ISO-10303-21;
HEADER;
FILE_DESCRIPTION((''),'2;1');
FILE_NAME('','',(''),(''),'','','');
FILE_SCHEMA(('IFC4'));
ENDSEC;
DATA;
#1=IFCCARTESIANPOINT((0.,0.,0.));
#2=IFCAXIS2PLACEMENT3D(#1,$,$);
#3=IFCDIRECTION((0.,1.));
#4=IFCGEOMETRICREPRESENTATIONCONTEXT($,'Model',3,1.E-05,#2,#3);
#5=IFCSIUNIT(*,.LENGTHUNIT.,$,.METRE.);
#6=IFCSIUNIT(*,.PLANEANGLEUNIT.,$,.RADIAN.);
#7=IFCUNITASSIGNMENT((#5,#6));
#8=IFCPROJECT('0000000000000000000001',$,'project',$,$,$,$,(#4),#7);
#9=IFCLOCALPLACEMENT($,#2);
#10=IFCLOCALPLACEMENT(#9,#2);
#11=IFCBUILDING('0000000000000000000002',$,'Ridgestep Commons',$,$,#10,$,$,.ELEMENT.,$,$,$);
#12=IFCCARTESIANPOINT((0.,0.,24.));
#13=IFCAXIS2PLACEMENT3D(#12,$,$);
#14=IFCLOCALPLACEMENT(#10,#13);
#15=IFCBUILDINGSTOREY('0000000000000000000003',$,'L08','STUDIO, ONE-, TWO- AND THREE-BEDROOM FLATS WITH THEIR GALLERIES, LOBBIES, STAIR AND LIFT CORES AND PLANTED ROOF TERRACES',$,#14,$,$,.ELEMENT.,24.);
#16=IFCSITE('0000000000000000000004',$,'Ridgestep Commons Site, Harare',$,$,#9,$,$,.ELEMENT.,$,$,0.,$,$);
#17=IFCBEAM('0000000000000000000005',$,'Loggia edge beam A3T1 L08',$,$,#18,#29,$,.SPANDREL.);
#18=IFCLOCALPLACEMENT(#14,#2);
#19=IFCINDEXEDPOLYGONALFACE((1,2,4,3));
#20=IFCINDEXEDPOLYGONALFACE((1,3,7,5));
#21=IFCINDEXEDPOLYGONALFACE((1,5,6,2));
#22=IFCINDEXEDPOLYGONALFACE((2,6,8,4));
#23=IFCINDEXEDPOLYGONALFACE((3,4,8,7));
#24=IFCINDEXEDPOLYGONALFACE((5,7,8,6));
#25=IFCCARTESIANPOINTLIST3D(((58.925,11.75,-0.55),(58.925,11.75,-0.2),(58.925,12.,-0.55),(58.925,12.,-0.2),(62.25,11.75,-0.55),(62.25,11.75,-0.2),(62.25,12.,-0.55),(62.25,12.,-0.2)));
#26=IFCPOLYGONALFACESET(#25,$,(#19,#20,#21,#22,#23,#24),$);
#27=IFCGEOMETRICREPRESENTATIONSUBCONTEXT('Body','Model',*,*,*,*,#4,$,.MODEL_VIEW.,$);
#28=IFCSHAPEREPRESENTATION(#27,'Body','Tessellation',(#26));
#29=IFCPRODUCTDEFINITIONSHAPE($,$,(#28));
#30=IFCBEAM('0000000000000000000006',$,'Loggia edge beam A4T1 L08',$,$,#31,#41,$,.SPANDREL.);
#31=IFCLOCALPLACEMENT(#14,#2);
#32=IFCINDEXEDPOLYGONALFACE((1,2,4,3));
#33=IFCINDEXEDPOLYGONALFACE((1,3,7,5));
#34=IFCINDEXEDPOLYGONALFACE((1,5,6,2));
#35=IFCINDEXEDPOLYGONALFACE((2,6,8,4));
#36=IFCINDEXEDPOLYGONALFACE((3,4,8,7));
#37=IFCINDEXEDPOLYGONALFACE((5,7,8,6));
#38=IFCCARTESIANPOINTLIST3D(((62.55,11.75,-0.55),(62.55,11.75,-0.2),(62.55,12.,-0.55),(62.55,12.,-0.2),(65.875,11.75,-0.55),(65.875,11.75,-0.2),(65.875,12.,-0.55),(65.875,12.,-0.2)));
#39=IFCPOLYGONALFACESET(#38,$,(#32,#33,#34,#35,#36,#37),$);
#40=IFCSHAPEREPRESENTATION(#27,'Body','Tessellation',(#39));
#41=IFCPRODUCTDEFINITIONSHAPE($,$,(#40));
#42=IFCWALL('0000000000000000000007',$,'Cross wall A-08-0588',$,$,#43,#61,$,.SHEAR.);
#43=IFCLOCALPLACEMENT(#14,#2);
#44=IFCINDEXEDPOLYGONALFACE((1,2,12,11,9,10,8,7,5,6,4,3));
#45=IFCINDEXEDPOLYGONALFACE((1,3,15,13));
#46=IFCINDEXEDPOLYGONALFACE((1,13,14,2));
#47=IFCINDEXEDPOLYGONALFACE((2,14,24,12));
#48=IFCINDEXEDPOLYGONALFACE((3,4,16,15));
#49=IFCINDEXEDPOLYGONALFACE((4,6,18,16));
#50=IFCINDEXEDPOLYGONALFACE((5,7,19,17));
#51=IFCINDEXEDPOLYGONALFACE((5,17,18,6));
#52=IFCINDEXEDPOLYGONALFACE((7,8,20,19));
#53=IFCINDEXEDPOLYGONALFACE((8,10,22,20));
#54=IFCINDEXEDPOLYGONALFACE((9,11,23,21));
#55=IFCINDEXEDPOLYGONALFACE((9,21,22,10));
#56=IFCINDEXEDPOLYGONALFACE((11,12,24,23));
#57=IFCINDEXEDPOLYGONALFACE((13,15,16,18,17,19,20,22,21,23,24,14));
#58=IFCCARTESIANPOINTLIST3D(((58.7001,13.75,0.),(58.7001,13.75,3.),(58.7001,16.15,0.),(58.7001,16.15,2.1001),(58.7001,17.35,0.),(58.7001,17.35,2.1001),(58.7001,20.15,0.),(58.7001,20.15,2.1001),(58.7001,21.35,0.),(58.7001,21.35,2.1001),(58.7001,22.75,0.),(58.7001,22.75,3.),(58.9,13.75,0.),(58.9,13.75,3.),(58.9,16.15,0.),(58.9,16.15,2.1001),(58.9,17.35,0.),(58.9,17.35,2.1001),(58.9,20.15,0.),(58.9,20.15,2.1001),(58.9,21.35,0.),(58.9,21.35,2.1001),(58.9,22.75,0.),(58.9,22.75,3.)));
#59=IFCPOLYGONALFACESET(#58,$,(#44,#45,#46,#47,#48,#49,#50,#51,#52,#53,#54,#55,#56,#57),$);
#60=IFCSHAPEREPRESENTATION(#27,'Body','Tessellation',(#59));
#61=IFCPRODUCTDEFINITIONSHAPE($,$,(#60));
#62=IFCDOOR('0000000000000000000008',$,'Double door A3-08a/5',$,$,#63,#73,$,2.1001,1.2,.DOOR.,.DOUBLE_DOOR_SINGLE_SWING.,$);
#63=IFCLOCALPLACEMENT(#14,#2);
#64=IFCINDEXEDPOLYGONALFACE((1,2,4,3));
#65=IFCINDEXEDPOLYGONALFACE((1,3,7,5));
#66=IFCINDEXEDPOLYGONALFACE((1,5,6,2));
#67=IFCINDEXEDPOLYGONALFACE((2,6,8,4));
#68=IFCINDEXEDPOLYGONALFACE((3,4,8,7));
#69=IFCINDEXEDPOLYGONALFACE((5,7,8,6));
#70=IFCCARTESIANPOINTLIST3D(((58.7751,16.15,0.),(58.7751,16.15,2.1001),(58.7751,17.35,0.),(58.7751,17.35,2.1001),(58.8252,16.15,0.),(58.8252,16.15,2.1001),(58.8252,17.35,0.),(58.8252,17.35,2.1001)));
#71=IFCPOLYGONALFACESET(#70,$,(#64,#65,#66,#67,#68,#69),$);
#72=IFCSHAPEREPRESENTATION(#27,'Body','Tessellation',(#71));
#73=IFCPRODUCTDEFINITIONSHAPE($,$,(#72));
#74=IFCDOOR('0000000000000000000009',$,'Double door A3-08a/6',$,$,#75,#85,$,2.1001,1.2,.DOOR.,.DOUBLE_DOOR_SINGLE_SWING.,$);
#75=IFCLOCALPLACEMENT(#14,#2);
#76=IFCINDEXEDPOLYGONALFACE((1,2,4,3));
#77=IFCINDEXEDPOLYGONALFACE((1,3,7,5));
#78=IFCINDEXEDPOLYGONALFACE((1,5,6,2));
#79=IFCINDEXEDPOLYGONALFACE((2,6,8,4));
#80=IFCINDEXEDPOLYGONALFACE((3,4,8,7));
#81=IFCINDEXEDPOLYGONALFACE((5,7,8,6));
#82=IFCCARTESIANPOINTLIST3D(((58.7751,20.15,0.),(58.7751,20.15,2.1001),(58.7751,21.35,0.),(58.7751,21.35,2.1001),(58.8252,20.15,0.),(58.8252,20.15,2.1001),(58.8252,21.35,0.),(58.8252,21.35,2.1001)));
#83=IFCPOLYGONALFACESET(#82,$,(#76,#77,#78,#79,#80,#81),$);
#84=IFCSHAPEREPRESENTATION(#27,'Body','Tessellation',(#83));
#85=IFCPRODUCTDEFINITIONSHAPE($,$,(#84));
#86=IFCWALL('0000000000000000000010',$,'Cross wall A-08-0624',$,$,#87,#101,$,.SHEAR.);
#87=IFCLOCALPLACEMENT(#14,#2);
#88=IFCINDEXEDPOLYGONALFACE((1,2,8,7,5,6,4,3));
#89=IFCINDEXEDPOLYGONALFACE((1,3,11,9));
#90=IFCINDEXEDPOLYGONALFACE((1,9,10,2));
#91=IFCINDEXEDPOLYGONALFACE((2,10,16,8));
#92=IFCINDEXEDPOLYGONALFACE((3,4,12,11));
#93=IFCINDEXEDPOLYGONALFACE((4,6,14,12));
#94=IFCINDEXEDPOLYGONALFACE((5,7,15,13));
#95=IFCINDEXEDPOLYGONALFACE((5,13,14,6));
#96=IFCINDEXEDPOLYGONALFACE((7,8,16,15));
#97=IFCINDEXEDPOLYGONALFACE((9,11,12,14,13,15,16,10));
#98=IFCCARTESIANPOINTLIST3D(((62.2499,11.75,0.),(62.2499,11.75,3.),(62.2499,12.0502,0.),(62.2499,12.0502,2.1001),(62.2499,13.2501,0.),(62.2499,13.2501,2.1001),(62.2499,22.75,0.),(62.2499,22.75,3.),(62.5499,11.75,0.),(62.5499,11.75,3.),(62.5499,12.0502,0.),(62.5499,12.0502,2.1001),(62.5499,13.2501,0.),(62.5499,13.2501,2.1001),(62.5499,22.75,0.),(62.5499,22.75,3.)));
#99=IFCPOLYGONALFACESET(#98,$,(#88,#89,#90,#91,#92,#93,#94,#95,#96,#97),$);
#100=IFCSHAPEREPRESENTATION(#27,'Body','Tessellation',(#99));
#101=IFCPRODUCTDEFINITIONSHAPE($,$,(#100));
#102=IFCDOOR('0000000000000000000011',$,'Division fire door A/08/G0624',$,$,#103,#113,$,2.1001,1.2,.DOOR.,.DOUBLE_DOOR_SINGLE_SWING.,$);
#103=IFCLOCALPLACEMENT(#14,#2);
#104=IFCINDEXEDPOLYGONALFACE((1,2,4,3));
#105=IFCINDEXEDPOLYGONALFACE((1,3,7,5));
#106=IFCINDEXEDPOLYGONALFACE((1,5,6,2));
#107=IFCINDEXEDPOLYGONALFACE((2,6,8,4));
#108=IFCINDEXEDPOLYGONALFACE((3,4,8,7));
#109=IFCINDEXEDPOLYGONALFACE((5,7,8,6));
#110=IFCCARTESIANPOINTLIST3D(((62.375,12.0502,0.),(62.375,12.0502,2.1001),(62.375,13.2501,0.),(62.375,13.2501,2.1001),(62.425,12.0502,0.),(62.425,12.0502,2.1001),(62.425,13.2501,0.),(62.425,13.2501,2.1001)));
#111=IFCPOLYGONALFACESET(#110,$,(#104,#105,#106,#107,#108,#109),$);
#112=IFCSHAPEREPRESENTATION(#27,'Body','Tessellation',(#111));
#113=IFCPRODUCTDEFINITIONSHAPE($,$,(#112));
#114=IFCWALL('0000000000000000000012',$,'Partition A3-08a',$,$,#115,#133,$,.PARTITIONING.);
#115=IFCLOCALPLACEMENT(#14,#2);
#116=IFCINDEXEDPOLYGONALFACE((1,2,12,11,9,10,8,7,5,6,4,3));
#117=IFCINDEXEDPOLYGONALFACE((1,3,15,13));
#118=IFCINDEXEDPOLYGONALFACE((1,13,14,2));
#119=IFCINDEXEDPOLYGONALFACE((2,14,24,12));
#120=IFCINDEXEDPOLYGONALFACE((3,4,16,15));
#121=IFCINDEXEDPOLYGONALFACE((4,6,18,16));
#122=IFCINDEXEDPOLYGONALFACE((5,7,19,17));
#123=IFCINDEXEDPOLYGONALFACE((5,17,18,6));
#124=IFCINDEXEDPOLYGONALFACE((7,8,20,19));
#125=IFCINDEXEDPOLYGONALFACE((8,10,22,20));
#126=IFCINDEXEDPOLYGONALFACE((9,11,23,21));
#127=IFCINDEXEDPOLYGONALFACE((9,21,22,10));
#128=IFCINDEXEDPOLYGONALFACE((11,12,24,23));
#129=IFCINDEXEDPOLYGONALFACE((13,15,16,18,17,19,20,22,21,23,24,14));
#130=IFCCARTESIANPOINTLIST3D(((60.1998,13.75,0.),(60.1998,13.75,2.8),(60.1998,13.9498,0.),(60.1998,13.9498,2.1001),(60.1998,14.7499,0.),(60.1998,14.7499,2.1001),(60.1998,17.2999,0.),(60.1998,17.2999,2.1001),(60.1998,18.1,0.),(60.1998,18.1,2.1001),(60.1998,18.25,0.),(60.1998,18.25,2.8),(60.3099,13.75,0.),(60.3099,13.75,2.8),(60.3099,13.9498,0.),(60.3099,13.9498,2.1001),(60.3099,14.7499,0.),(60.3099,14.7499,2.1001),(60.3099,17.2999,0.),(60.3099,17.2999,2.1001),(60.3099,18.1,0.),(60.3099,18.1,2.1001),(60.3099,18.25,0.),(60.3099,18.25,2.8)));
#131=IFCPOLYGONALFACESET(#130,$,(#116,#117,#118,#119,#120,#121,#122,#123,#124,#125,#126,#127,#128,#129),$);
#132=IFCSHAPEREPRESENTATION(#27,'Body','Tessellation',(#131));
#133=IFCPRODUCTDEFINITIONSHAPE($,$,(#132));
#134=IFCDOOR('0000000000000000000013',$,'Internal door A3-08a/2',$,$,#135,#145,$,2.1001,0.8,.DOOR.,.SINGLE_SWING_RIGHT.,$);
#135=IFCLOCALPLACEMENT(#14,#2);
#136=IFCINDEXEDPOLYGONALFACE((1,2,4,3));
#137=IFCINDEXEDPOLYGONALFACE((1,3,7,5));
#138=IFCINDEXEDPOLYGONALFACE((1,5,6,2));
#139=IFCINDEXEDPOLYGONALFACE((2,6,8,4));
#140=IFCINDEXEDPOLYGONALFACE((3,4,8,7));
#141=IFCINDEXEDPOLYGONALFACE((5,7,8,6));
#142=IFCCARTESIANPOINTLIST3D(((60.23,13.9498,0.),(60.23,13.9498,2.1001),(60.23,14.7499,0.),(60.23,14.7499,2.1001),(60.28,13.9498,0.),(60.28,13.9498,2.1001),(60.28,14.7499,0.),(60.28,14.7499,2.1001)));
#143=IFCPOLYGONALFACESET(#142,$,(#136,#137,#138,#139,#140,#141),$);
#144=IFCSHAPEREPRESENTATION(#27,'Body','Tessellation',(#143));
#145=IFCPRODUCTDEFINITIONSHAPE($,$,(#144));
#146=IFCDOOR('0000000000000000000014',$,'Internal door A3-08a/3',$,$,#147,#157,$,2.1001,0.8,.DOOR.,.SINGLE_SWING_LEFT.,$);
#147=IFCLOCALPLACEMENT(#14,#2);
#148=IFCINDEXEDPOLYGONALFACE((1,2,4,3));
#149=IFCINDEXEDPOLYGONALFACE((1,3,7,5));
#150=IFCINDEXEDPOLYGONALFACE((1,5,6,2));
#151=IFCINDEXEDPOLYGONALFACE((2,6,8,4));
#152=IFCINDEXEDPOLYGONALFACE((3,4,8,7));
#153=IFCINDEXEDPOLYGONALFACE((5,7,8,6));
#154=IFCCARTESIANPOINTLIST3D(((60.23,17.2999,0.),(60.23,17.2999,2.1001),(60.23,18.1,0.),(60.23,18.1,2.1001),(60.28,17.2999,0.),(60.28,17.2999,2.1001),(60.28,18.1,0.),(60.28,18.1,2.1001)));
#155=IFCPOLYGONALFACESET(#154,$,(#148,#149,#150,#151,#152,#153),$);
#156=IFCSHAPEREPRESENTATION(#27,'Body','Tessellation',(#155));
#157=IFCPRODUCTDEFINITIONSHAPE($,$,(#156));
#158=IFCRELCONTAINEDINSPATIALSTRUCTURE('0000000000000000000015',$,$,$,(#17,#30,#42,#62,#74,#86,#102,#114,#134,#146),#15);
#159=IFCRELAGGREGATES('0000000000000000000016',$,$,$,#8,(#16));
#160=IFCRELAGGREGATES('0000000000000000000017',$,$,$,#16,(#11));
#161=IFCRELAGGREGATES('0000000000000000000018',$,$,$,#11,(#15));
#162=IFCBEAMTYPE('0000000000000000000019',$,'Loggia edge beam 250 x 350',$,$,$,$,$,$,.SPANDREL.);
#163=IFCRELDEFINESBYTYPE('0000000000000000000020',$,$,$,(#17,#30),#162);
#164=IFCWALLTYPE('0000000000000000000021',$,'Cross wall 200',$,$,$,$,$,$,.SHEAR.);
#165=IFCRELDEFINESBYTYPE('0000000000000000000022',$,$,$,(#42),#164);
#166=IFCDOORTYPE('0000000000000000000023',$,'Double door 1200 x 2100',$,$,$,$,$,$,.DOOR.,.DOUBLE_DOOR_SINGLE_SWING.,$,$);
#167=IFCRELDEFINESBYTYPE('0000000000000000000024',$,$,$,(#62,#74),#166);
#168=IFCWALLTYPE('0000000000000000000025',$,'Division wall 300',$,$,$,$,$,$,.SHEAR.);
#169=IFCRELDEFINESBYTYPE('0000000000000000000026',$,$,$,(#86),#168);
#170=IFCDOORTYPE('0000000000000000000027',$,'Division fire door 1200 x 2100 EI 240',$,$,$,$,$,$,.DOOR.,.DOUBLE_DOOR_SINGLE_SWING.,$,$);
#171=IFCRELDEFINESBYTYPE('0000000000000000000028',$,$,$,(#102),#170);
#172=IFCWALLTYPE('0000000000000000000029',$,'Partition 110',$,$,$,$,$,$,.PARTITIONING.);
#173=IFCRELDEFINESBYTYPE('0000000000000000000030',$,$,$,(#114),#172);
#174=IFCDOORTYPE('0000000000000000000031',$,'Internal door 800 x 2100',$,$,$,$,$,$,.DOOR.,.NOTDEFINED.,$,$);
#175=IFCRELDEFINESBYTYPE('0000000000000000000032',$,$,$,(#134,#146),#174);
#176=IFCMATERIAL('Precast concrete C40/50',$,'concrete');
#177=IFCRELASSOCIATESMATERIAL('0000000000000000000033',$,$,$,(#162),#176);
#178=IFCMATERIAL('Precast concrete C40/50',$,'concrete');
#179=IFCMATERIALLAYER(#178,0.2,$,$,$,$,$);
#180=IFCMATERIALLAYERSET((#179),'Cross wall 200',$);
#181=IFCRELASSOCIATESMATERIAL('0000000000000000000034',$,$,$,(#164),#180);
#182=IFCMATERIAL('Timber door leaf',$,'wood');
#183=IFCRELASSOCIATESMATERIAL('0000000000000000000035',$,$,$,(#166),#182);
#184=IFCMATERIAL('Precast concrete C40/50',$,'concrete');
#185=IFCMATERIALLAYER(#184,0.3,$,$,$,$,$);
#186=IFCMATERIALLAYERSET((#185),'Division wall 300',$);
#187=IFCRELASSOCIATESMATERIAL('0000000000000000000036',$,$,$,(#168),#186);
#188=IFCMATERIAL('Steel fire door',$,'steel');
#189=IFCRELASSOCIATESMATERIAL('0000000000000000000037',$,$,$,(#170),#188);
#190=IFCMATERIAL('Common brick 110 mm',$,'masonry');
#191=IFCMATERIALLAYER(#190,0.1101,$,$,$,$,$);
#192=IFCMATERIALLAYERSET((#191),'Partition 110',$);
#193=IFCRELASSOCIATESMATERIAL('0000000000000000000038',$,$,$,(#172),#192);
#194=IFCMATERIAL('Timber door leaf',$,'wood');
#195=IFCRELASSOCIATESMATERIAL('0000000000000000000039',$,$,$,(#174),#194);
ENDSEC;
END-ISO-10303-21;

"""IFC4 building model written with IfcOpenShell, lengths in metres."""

from ifc_helpers import new_model, si_unit, direction, frame, frame_2d, origin, origin_2d, place, context, subcontext, project, spatial, rectangle, extrude, material, layer, layer_set, material_profile, profile_set, type_object, element, fill, save


model = new_model("IFC4")

# Units and contexts
model_context = context("Model", 3, precision=1e-05, world=origin(), true_north=direction((0.0, 1.0)))
body_context = subcontext(model_context, "Body", "Model", "MODEL_VIEW")
ifc_project = project(units=[si_unit("LENGTHUNIT", "METRE"), si_unit("PLANEANGLEUNIT", "RADIAN")], contexts=[model_context])

# Site, building, storey
site_placement = place(None, origin())
site = spatial("IfcSite", under=ifc_project, at=site_placement, Name="Ridgestep Commons Site, Harare", CompositionType="ELEMENT", RefElevation=0.0)
building_placement = place(site_placement, origin())
building = spatial("IfcBuilding", under=site, at=building_placement, Name="Ridgestep Commons", CompositionType="ELEMENT")
storey_placement = place(building_placement, frame((0.0, 0.0, 24.0)))
storey = spatial("IfcBuildingStorey", under=building, at=storey_placement, Name="L08", Description="STUDIO, ONE-, TWO- AND THREE-BEDROOM FLATS WITH THEIR GALLERIES, LOBBIES, STAIR AND LIFT CORES AND PLANTED ROOF TERRACES", CompositionType="ELEMENT", Elevation=24.0)

# Beams
ifc_material_1 = material(Name="Precast concrete C40/50", Category="concrete")
ifc_material_profile = material_profile(ifc_material_1, rectangle(XDim=0.25, YDim=0.3501, at=origin_2d()), Name="PC 250x350")
ifc_profile_set = profile_set([ifc_material_profile], Name="Precast concrete C40/50")
beam_type = type_object("IfcBeamType", Name="Loggia edge beam 250 x 350", PredefinedType="SPANDREL", material=ifc_profile_set)
for number, where, z_axis, x_axis, name in (
    (1, (58.925, 11.875, -0.375), (1.0, 0.0, 0.0), (0.0, 1.0, 0.0), "Loggia edge beam A3T1 L08"),
    (2, (62.55, 11.875, -0.375), (1.0, 0.0, 0.0), (0.0, 1.0, 0.0), "Loggia edge beam A4T1 L08"),
):
    element("IfcBeam", number, at=place(storey_placement, frame(where, z_axis=z_axis, x_axis=x_axis)), inside=storey, type_object=beam_type, Name=name, PredefinedType="SPANDREL", context=body_context, shape_type="SweptSolid", body=[
        extrude(rectangle(XDim=0.25, YDim=0.3501, at=origin_2d()), origin(), (0.0, 0.0, 1.0), 3.325),
    ])

# Wall, openings, doors
ifc_material_2 = material(Name="Precast concrete C40/50", Category="concrete")
ifc_layer_1 = layer(ifc_material_2, 0.2)
ifc_layer_set_1 = layer_set([ifc_layer_1], Name="Cross wall 200")
wall_type_1 = type_object("IfcWallType", Name="Cross wall 200", PredefinedType="SHEAR", material=ifc_layer_set_1)
wall_1_placement = place(storey_placement, frame((58.8, 13.75, 0.0), z_axis=(0.0, 0.0, 1.0), x_axis=(0.0, 1.0, 0.0)))
wall_1 = element("IfcWall", 3, at=wall_1_placement, inside=storey, type_object=wall_type_1, Name="Cross wall A-08-0588", PredefinedType="SHEAR", context=body_context, shape_type="SweptSolid", body=[
    extrude(rectangle(XDim=9.0, YDim=0.2, at=frame_2d((4.5, 0.0))), origin(), (0.0, 0.0, 1.0), 3.0),
])
opening_1_placement = place(wall_1_placement, frame((2.3999, 0.0, 0.0)))
opening_1 = element("IfcOpeningElement", 4, at=opening_1_placement, cuts=wall_1, PredefinedType="OPENING", context=body_context, shape_type="SweptSolid", body=[
    extrude(rectangle(XDim=1.2, YDim=2.1001, at=frame_2d((0.6001, 1.05))), frame((0.0, 0.1099, 0.0), z_axis=(0.0, -1.0, 0.0), x_axis=(1.0, 0.0, 0.0)), (0.0, 0.0, 1.0), 0.22),
])
opening_2_placement = place(wall_1_placement, frame((6.3999, 0.0, 0.0)))
opening_2 = element("IfcOpeningElement", 5, at=opening_2_placement, cuts=wall_1, PredefinedType="OPENING", context=body_context, shape_type="SweptSolid", body=[
    extrude(rectangle(XDim=1.2, YDim=2.1001, at=frame_2d((0.6001, 1.05))), frame((0.0, 0.1099, 0.0), z_axis=(0.0, -1.0, 0.0), x_axis=(1.0, 0.0, 0.0)), (0.0, 0.0, 1.0), 0.22),
])
ifc_material_3 = material(Name="Timber door leaf", Category="wood")
door_type_1 = type_object("IfcDoorType", Name="Double door 1200 x 2100", OperationType="DOUBLE_DOOR_SINGLE_SWING", PredefinedType="DOOR", material=ifc_material_3)
door_1_placement = place(opening_1_placement, origin())
door_1 = element("IfcDoor", 6, at=door_1_placement, inside=storey, type_object=door_type_1, Name="Double door A3-08a/5", OperationType="DOUBLE_DOOR_SINGLE_SWING", OverallHeight=2.1001, OverallWidth=1.2, PredefinedType="DOOR", context=body_context, shape_type="SweptSolid", body=[
    extrude(rectangle(XDim=1.2, YDim=2.1001, at=frame_2d((0.6001, 1.05))), frame((0.0, 0.0249, 0.0), z_axis=(0.0, -1.0, 0.0), x_axis=(1.0, 0.0, 0.0)), (0.0, 0.0, 1.0), 0.05),
])
fill(opening_1, door_1)
door_2_placement = place(opening_2_placement, origin())
door_2 = element("IfcDoor", 7, at=door_2_placement, inside=storey, type_object=door_type_1, Name="Double door A3-08a/6", OperationType="DOUBLE_DOOR_SINGLE_SWING", OverallHeight=2.1001, OverallWidth=1.2, PredefinedType="DOOR", context=body_context, shape_type="SweptSolid", body=[
    extrude(rectangle(XDim=1.2, YDim=2.1001, at=frame_2d((0.6001, 1.05))), frame((0.0, 0.0249, 0.0), z_axis=(0.0, -1.0, 0.0), x_axis=(1.0, 0.0, 0.0)), (0.0, 0.0, 1.0), 0.05),
])
fill(opening_2, door_2)

# Wall, opening, door
ifc_material_4 = material(Name="Precast concrete C40/50", Category="concrete")
ifc_layer_2 = layer(ifc_material_4, 0.3)
ifc_layer_set_2 = layer_set([ifc_layer_2], Name="Division wall 300")
wall_type_2 = type_object("IfcWallType", Name="Division wall 300", PredefinedType="SHEAR", material=ifc_layer_set_2)
wall_2_placement = place(storey_placement, frame((62.3999, 11.75, 0.0), z_axis=(0.0, 0.0, 1.0), x_axis=(0.0, 1.0, 0.0)))
wall_2 = element("IfcWall", 8, at=wall_2_placement, inside=storey, type_object=wall_type_2, Name="Cross wall A-08-0624", PredefinedType="SHEAR", context=body_context, shape_type="SweptSolid", body=[
    extrude(rectangle(XDim=11.0, YDim=0.3, at=frame_2d((5.5, 0.0))), origin(), (0.0, 0.0, 1.0), 3.0),
])
opening_3_placement = place(wall_2_placement, frame((0.3, 0.0, 0.0)))
opening_3 = element("IfcOpeningElement", 9, at=opening_3_placement, cuts=wall_2, PredefinedType="OPENING", context=body_context, shape_type="SweptSolid", body=[
    extrude(rectangle(XDim=1.2, YDim=2.1001, at=frame_2d((0.6001, 1.05))), frame((0.0, 0.1599, 0.0), z_axis=(0.0, -1.0, 0.0), x_axis=(1.0, 0.0, 0.0)), (0.0, 0.0, 1.0), 0.3201),
])
ifc_material_5 = material(Name="Steel fire door", Category="steel")
door_type_2 = type_object("IfcDoorType", Name="Division fire door 1200 x 2100 EI 240", OperationType="DOUBLE_DOOR_SINGLE_SWING", PredefinedType="DOOR", material=ifc_material_5)
door_3_placement = place(opening_3_placement, origin())
door_3 = element("IfcDoor", 10, at=door_3_placement, inside=storey, type_object=door_type_2, Name="Division fire door A/08/G0624", OperationType="DOUBLE_DOOR_SINGLE_SWING", OverallHeight=2.1001, OverallWidth=1.2, PredefinedType="DOOR", context=body_context, shape_type="SweptSolid", body=[
    extrude(rectangle(XDim=1.2, YDim=2.1001, at=frame_2d((0.6001, 1.05))), frame((0.0, 0.0249, 0.0), z_axis=(0.0, -1.0, 0.0), x_axis=(1.0, 0.0, 0.0)), (0.0, 0.0, 1.0), 0.05),
])
fill(opening_3, door_3)

# Wall, openings, doors
ifc_material_6 = material(Name="Common brick 110 mm", Category="masonry")
ifc_layer_3 = layer(ifc_material_6, 0.1101)
ifc_layer_set_3 = layer_set([ifc_layer_3], Name="Partition 110")
wall_type_3 = type_object("IfcWallType", Name="Partition 110", PredefinedType="PARTITIONING", material=ifc_layer_set_3)
wall_3_placement = place(storey_placement, frame((60.2549, 13.75, 0.0), z_axis=(0.0, 0.0, 1.0), x_axis=(0.0, 1.0, 0.0)))
wall_3 = element("IfcWall", 11, at=wall_3_placement, inside=storey, type_object=wall_type_3, Name="Partition A3-08a", PredefinedType="PARTITIONING", context=body_context, shape_type="SweptSolid", body=[
    extrude(rectangle(XDim=4.5, YDim=0.1101, at=frame_2d((2.25, 0.0))), origin(), (0.0, 0.0, 1.0), 2.8),
])
opening_4_placement = place(wall_3_placement, frame((0.2, 0.0, 0.0)))
opening_4 = element("IfcOpeningElement", 12, at=opening_4_placement, cuts=wall_3, PredefinedType="OPENING", context=body_context, shape_type="SweptSolid", body=[
    extrude(rectangle(XDim=0.8, YDim=2.1001, at=frame_2d((0.3999, 1.05))), frame((0.0, 0.0649, 0.0), z_axis=(0.0, -1.0, 0.0), x_axis=(1.0, 0.0, 0.0)), (0.0, 0.0, 1.0), 0.1301),
])
opening_5_placement = place(wall_3_placement, frame((3.55, 0.0, 0.0)))
opening_5 = element("IfcOpeningElement", 13, at=opening_5_placement, cuts=wall_3, PredefinedType="OPENING", context=body_context, shape_type="SweptSolid", body=[
    extrude(rectangle(XDim=0.8, YDim=2.1001, at=frame_2d((0.3999, 1.05))), frame((0.0, 0.0649, 0.0), z_axis=(0.0, -1.0, 0.0), x_axis=(1.0, 0.0, 0.0)), (0.0, 0.0, 1.0), 0.1301),
])
ifc_material_7 = material(Name="Timber door leaf", Category="wood")
door_type_3 = type_object("IfcDoorType", Name="Internal door 800 x 2100", OperationType="NOTDEFINED", PredefinedType="DOOR", material=ifc_material_7)
door_4_placement = place(opening_4_placement, origin())
door_4 = element("IfcDoor", 14, at=door_4_placement, inside=storey, type_object=door_type_3, Name="Internal door A3-08a/2", OperationType="SINGLE_SWING_RIGHT", OverallHeight=2.1001, OverallWidth=0.8, PredefinedType="DOOR", context=body_context, shape_type="SweptSolid", body=[
    extrude(rectangle(XDim=0.8, YDim=2.1001, at=frame_2d((0.3999, 1.05))), frame((0.0, 0.0249, 0.0), z_axis=(0.0, -1.0, 0.0), x_axis=(1.0, 0.0, 0.0)), (0.0, 0.0, 1.0), 0.05),
])
fill(opening_4, door_4)
door_5_placement = place(opening_5_placement, origin())
door_5 = element("IfcDoor", 15, at=door_5_placement, inside=storey, type_object=door_type_3, Name="Internal door A3-08a/3", OperationType="SINGLE_SWING_LEFT", OverallHeight=2.1001, OverallWidth=0.8, PredefinedType="DOOR", context=body_context, shape_type="SweptSolid", body=[
    extrude(rectangle(XDim=0.8, YDim=2.1001, at=frame_2d((0.3999, 1.05))), frame((0.0, 0.0249, 0.0), z_axis=(0.0, -1.0, 0.0), x_axis=(1.0, 0.0, 0.0)), (0.0, 0.0, 1.0), 0.05),
])
fill(opening_5, door_5)

save(model, "model.ifc")
